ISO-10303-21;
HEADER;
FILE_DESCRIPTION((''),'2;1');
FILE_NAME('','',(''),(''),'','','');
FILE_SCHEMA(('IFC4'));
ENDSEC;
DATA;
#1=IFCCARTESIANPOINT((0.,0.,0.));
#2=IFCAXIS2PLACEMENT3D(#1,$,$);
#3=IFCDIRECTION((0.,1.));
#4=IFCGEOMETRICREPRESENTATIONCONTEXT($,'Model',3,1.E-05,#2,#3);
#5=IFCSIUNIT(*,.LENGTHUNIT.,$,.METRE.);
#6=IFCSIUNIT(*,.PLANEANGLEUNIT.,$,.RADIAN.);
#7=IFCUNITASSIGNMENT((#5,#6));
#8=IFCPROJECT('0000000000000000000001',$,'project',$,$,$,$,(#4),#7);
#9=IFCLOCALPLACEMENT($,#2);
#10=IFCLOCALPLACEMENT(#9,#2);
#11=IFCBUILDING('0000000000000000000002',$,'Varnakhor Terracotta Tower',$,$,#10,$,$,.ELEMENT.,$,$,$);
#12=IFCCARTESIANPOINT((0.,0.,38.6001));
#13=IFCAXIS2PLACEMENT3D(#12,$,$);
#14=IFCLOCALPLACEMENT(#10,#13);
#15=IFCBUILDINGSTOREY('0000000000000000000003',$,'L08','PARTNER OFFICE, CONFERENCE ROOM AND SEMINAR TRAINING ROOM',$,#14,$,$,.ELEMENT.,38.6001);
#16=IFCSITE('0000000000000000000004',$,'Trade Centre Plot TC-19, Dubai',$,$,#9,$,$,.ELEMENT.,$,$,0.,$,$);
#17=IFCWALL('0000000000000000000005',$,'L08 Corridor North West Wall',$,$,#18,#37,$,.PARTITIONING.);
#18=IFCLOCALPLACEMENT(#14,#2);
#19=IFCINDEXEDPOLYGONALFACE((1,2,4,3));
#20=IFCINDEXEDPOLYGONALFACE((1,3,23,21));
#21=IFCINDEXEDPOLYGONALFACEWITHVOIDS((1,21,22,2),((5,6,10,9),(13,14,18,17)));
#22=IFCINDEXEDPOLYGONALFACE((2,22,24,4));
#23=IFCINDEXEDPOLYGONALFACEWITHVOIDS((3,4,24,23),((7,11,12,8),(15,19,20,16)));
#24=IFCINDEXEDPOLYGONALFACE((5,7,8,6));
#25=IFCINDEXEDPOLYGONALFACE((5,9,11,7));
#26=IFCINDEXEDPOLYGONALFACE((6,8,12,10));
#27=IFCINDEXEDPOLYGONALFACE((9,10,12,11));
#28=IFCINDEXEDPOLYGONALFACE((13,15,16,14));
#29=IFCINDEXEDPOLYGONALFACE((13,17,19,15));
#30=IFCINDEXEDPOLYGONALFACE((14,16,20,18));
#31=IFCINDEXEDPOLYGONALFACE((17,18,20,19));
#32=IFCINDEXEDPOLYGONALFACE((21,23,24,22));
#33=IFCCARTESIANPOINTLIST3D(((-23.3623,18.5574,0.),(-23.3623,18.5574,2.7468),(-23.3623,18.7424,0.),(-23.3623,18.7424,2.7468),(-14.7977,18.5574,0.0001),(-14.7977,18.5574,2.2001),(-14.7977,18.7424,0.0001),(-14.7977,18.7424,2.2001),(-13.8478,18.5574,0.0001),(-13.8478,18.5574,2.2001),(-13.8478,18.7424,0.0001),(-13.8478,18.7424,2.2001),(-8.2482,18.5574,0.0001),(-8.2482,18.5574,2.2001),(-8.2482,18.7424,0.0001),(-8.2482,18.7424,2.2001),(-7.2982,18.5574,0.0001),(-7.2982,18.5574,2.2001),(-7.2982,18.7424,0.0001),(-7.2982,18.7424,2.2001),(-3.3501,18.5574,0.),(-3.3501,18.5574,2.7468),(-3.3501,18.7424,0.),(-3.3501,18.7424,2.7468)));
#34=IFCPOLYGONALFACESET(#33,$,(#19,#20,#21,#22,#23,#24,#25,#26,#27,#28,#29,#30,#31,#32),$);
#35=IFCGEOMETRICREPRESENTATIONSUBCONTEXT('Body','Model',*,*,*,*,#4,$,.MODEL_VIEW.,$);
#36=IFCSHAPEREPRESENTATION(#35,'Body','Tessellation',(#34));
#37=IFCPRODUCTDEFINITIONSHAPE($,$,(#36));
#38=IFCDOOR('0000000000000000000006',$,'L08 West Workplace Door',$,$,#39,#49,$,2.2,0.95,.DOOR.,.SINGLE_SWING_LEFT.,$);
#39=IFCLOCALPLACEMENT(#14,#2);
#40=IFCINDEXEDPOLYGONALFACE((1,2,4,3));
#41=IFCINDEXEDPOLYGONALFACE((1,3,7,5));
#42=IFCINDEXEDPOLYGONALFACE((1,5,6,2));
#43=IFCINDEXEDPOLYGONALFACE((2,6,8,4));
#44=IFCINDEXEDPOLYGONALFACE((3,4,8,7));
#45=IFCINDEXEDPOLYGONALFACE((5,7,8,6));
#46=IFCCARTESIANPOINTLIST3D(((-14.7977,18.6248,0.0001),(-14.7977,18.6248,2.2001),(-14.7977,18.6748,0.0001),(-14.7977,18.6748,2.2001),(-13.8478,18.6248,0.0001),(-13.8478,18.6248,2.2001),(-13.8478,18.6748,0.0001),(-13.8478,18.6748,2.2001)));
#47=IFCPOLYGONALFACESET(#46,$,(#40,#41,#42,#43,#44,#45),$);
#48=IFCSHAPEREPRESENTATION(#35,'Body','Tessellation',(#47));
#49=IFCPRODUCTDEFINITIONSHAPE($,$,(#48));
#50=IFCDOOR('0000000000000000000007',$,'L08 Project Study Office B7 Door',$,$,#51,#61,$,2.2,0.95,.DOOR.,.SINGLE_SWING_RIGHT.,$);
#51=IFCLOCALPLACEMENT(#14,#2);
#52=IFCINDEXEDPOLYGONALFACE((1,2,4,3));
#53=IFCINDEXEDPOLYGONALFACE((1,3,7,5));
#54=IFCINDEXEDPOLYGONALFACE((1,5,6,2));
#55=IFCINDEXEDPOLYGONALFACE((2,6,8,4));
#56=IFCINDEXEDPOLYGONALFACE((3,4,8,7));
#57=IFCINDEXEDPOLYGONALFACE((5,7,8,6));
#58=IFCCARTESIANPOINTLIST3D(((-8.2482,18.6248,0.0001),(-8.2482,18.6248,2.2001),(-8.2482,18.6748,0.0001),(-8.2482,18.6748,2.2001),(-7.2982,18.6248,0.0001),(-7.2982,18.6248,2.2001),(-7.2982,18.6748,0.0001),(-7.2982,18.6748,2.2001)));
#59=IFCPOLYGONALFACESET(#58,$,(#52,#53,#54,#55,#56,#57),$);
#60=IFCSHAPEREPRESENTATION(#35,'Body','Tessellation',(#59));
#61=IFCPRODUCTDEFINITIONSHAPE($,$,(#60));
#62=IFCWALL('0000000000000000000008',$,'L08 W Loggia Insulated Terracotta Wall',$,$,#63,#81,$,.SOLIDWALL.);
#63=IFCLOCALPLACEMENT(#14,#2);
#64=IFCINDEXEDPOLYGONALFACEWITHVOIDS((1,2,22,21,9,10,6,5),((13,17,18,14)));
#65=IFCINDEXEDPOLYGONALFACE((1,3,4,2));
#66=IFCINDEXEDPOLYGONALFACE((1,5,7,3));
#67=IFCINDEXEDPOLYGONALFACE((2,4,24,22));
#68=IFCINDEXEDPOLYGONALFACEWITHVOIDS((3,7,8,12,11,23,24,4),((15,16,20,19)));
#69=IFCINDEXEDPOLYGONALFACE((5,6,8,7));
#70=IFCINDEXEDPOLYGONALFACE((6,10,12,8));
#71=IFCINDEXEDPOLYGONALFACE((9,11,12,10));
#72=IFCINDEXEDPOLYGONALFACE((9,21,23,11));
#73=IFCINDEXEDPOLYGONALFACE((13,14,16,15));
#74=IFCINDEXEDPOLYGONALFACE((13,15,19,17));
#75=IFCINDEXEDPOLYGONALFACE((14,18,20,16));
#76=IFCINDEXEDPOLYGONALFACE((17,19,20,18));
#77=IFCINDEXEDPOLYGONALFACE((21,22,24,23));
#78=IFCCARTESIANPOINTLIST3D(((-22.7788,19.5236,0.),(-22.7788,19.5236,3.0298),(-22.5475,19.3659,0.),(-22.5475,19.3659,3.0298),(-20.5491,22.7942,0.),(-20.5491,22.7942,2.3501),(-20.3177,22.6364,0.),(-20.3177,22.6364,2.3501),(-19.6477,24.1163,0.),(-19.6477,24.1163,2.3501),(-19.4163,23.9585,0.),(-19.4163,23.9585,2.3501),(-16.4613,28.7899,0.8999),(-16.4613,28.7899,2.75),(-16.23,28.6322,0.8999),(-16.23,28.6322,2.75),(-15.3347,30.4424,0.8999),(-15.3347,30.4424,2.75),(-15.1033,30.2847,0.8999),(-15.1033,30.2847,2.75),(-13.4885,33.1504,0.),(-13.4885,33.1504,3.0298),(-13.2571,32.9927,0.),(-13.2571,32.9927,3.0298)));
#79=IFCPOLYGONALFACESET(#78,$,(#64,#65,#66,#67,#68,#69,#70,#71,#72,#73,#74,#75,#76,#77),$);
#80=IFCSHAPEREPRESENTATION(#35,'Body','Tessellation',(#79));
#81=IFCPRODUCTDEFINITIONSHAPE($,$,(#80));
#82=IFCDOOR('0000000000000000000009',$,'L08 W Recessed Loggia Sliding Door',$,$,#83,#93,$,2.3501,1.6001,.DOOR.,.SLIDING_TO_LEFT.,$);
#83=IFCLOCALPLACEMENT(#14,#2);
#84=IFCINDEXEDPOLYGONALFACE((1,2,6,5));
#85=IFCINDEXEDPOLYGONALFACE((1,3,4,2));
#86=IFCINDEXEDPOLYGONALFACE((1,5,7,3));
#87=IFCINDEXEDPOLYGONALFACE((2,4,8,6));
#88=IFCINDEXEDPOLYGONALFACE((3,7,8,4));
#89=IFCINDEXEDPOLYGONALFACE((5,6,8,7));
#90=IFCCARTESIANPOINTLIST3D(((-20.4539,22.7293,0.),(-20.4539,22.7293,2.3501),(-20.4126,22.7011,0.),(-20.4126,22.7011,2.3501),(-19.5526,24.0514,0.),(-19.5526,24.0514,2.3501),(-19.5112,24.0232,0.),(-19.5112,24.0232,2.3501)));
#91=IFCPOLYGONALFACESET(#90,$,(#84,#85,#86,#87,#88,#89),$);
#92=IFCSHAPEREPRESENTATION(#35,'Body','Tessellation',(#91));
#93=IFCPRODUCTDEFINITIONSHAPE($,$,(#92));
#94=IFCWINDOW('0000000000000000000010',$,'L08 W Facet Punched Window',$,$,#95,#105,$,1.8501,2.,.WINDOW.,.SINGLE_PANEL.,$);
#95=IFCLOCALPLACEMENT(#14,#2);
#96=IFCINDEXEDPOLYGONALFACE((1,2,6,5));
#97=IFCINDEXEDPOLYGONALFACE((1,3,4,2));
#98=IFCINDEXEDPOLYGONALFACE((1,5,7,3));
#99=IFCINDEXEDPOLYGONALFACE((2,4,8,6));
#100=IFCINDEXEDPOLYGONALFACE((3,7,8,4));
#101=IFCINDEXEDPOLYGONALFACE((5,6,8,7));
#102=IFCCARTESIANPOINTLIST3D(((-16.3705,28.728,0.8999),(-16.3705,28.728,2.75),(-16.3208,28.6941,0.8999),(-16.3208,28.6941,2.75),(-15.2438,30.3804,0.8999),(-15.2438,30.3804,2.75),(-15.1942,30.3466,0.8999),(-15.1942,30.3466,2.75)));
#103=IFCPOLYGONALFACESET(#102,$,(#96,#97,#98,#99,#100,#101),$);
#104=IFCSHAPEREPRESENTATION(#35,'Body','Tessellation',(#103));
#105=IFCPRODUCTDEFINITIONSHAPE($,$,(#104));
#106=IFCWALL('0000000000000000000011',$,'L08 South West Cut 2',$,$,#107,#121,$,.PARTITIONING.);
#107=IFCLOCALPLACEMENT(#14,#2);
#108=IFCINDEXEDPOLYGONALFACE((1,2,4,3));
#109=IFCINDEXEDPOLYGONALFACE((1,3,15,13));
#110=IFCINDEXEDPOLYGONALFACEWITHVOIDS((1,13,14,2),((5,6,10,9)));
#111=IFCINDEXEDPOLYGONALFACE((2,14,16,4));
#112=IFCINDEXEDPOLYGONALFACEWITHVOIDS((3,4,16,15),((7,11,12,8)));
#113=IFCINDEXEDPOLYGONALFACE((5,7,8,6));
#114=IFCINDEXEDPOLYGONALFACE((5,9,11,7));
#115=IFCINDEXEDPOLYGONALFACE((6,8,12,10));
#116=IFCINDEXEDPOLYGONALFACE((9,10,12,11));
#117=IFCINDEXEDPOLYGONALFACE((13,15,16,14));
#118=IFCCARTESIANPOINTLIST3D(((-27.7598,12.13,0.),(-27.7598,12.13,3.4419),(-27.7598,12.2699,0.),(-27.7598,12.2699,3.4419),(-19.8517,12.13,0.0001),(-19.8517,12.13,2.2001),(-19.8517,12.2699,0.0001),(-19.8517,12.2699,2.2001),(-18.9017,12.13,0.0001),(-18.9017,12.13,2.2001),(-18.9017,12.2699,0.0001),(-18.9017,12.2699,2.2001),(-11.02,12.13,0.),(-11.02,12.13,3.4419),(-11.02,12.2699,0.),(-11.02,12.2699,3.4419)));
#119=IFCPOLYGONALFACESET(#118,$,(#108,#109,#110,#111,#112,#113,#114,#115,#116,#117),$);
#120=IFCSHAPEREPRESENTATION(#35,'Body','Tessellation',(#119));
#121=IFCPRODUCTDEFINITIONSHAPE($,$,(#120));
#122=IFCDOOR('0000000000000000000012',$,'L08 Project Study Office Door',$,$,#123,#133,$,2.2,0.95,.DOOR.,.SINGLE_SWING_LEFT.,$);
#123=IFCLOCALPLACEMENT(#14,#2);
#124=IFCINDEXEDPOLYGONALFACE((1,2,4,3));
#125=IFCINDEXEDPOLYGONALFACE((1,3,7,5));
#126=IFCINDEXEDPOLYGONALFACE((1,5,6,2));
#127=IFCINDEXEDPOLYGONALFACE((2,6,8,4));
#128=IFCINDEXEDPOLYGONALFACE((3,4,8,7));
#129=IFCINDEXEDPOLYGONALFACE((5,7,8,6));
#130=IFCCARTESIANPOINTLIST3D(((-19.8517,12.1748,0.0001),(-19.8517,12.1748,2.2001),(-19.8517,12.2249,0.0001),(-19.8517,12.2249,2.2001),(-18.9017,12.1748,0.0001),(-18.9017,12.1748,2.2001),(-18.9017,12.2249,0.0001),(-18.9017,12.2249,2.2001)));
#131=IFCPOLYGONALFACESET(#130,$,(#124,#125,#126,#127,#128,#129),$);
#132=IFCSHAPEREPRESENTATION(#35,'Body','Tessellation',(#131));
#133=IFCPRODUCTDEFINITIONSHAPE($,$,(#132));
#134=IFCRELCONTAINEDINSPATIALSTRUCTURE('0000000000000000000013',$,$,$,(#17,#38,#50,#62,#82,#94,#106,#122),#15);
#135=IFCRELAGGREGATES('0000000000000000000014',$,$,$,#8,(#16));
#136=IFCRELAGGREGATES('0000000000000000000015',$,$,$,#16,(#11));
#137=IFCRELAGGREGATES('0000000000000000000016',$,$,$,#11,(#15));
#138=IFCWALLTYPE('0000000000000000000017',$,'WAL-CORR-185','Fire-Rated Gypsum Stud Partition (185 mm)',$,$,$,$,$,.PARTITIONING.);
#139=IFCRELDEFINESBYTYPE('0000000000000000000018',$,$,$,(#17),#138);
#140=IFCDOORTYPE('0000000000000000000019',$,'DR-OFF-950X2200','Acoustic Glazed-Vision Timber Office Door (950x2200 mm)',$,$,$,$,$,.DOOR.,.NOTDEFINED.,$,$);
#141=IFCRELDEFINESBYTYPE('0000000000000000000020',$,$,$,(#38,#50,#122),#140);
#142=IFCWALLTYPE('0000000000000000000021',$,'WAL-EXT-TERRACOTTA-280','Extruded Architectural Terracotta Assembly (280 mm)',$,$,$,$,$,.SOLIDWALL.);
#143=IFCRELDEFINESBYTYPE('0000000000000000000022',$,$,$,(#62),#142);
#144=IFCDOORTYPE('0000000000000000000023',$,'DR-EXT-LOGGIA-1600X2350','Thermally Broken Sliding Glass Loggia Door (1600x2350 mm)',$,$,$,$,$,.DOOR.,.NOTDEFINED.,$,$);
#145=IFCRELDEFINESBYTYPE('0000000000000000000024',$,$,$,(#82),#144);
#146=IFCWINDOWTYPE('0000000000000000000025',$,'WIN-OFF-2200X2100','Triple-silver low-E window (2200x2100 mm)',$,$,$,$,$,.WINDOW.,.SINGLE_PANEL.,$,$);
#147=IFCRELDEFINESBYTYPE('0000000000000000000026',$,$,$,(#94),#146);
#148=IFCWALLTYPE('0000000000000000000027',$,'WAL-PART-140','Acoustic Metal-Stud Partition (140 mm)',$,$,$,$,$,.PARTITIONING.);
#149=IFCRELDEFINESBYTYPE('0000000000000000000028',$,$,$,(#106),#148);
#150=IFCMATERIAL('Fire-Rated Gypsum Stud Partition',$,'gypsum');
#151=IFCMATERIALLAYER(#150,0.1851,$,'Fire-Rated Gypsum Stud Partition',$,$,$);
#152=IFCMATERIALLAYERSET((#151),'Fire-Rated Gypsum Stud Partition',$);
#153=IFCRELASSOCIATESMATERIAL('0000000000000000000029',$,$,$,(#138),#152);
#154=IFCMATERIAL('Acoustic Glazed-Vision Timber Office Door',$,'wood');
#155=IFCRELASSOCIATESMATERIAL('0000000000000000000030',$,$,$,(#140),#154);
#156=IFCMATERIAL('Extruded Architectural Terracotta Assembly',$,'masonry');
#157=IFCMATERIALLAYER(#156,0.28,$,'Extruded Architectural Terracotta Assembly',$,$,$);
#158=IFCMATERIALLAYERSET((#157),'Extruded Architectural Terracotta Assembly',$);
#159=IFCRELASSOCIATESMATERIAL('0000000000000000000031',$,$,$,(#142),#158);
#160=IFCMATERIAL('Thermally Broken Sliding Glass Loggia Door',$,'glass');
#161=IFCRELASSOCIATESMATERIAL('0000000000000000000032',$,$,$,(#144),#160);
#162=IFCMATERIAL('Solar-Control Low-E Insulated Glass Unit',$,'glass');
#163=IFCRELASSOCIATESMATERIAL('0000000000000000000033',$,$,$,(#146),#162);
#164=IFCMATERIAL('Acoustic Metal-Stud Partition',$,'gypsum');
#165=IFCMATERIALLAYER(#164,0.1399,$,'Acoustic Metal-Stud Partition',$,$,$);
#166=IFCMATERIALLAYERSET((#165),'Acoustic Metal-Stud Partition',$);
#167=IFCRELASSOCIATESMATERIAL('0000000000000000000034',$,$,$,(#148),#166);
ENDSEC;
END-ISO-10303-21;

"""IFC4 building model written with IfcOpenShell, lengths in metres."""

from ifc_helpers import new_model, si_unit, direction, frame, frame_2d, origin, place, context, subcontext, project, spatial, rectangle, extrude, source, transform, mapped, material, layer, layer_set, type_object, type_shapes, element, fill, save


model = new_model("IFC4")

# Units and contexts
model_context = context("Model", 3, precision=1e-05, world=origin(), true_north=direction((0.0, 1.0)))
body_context = subcontext(model_context, "Body", "Model", "MODEL_VIEW")
ifc_project = project(units=[si_unit("LENGTHUNIT", "METRE"), si_unit("PLANEANGLEUNIT", "RADIAN")], contexts=[model_context])

# Site, building, storey
site_placement = place(None, origin())
site = spatial("IfcSite", under=ifc_project, at=site_placement, Name="Trade Centre Plot TC-19, Dubai", CompositionType="ELEMENT", RefElevation=0.0)
building_placement = place(site_placement, origin())
building = spatial("IfcBuilding", under=site, at=building_placement, Name="Varnakhor Terracotta Tower", CompositionType="ELEMENT")
storey_placement = place(building_placement, frame((0.0, 0.0, 38.6001)))
storey = spatial("IfcBuildingStorey", under=building, at=storey_placement, Name="L08", Description="PARTNER OFFICE, CONFERENCE ROOM AND SEMINAR TRAINING ROOM", CompositionType="ELEMENT", Elevation=38.6001)

# Shared definitions
ifc_material_1 = material(Name="Fire-Rated Gypsum Stud Partition", Category="gypsum")
ifc_layer_1 = layer(ifc_material_1, 0.1851, Name="Fire-Rated Gypsum Stud Partition")
ifc_layer_set_1 = layer_set([ifc_layer_1], Name="Fire-Rated Gypsum Stud Partition")
wall_type_1 = type_object("IfcWallType", Name="WAL-CORR-185", Description="Fire-Rated Gypsum Stud Partition (185 mm)", PredefinedType="PARTITIONING", material=ifc_layer_set_1)
ifc_material_2 = material(Name="Acoustic Glazed-Vision Timber Office Door", Category="wood")
door_type_1 = type_object("IfcDoorType", Name="DR-OFF-950X2200", Description="Acoustic Glazed-Vision Timber Office Door (950x2200 mm)", OperationType="NOTDEFINED", PredefinedType="DOOR", material=ifc_material_2)
shared_shape_1 = source(origin(), body_context, "Body", "SweptSolid", [
    extrude(rectangle(XDim=0.95, YDim=2.2, at=frame_2d((0.4751, 1.1001))), frame((0.0, 0.0249, 0.0), z_axis=(0.0, -1.0, 0.0), x_axis=(1.0, 0.0, 0.0)), (0.0, 0.0, 1.0), 0.05),
])
type_shapes(door_type_1, [shared_shape_1])

# Wall, openings, doors
wall_1_placement = place(storey_placement, frame((-23.3623, 18.6499, 0.0), z_axis=(0.0, 0.0, 1.0), x_axis=(1.0, 0.0, 0.0)))
wall_1 = element("IfcWall", 1, at=wall_1_placement, inside=storey, type_object=wall_type_1, Name="L08 Corridor North West Wall", PredefinedType="PARTITIONING", context=body_context, shape_type="SweptSolid", body=[
    extrude(rectangle(XDim=20.0122, YDim=0.1851, at=frame_2d((10.0061, 0.0))), origin(), (0.0, 0.0, 1.0), 2.7468),
])
opening_1_placement = place(wall_1_placement, frame((8.5645, 0.0, 0.0)))
opening_1 = element("IfcOpeningElement", 2, at=opening_1_placement, cuts=wall_1, PredefinedType="OPENING", context=body_context, shape_type="SweptSolid", body=[
    extrude(rectangle(XDim=0.95, YDim=2.2, at=frame_2d((0.4751, 1.1001))), frame((0.0, 0.1025, 0.0), z_axis=(0.0, -1.0, 0.0), x_axis=(1.0, 0.0, 0.0)), (0.0, 0.0, 1.0), 0.2051),
])
opening_2_placement = place(wall_1_placement, frame((15.114, 0.0, 0.0)))
opening_2 = element("IfcOpeningElement", 3, at=opening_2_placement, cuts=wall_1, PredefinedType="OPENING", context=body_context, shape_type="SweptSolid", body=[
    extrude(rectangle(XDim=0.95, YDim=2.2, at=frame_2d((0.4751, 1.1001))), frame((0.0, 0.1025, 0.0), z_axis=(0.0, -1.0, 0.0), x_axis=(1.0, 0.0, 0.0)), (0.0, 0.0, 1.0), 0.2051),
])
door_1_placement = place(opening_1_placement, origin())
door_1 = element("IfcDoor", 4, at=door_1_placement, inside=storey, type_object=door_type_1, Name="L08 West Workplace Door", OperationType="SINGLE_SWING_LEFT", OverallHeight=2.2, OverallWidth=0.95, PredefinedType="DOOR", context=body_context, shape_type="MappedRepresentation", body=[
    mapped(shared_shape_1, transform((0.0, 0.0, 0.0), scale=1.0)),
])
fill(opening_1, door_1)
door_2_placement = place(opening_2_placement, origin())
door_2 = element("IfcDoor", 5, at=door_2_placement, inside=storey, type_object=door_type_1, Name="L08 Project Study Office B7 Door", OperationType="SINGLE_SWING_RIGHT", OverallHeight=2.2, OverallWidth=0.95, PredefinedType="DOOR", context=body_context, shape_type="MappedRepresentation", body=[
    mapped(shared_shape_1, transform((0.0, 0.0, 0.0), scale=1.0)),
])
fill(opening_2, door_2)

# Wall, openings, door, window
ifc_material_3 = material(Name="Extruded Architectural Terracotta Assembly", Category="masonry")
ifc_layer_2 = layer(ifc_material_3, 0.28, Name="Extruded Architectural Terracotta Assembly")
ifc_layer_set_2 = layer_set([ifc_layer_2], Name="Extruded Architectural Terracotta Assembly")
wall_type_2 = type_object("IfcWallType", Name="WAL-EXT-TERRACOTTA-280", Description="Extruded Architectural Terracotta Assembly (280 mm)", PredefinedType="SOLIDWALL", material=ifc_layer_set_2)
wall_2_placement = place(storey_placement, frame((-22.6631, 19.4448, 0.0), z_axis=(0.0, 0.0, 1.0), x_axis=(0.56331, 0.826246, 0.0)))
wall_2 = element("IfcWall", 6, at=wall_2_placement, inside=storey, type_object=wall_type_2, Name="L08 W Loggia Insulated Terracotta Wall", PredefinedType="SOLIDWALL", context=body_context, shape_type="SweptSolid", body=[
    extrude(rectangle(XDim=16.4924, YDim=0.28, at=frame_2d((8.2461, 0.0))), origin(), (0.0, 0.0, 1.0), 3.0298),
])
opening_3_placement = place(wall_2_placement, frame((3.9583, 0.0, 0.0)))
opening_3 = element("IfcOpeningElement", 7, at=opening_3_placement, cuts=wall_2, PredefinedType="OPENING", context=body_context, shape_type="SweptSolid", body=[
    extrude(rectangle(XDim=1.6001, YDim=2.3501, at=frame_2d((0.8, 1.175))), frame((0.0, 0.1499, 0.0), z_axis=(0.0, -1.0, 0.0), x_axis=(1.0, 0.0, 0.0)), (0.0, 0.0, 1.0), 0.3),
])
opening_4_placement = place(wall_2_placement, frame((11.2148, 0.0, 0.8999)))
opening_4 = element("IfcOpeningElement", 8, at=opening_4_placement, cuts=wall_2, PredefinedType="OPENING", context=body_context, shape_type="SweptSolid", body=[
    extrude(rectangle(XDim=2.0, YDim=1.8501, at=frame_2d((1.0, 0.925))), frame((0.0, 0.1499, 0.0), z_axis=(0.0, -1.0, 0.0), x_axis=(1.0, 0.0, 0.0)), (0.0, 0.0, 1.0), 0.3),
])
ifc_material_4 = material(Name="Thermally Broken Sliding Glass Loggia Door", Category="glass")
door_type_2 = type_object("IfcDoorType", Name="DR-EXT-LOGGIA-1600X2350", Description="Thermally Broken Sliding Glass Loggia Door (1600x2350 mm)", OperationType="NOTDEFINED", PredefinedType="DOOR", material=ifc_material_4)
shared_shape_2 = source(origin(), body_context, "Body", "SweptSolid", [
    extrude(rectangle(XDim=1.6001, YDim=2.3501, at=frame_2d((0.8, 1.175))), frame((0.0, 0.0249, 0.0), z_axis=(0.0, -1.0, 0.0), x_axis=(1.0, 0.0, 0.0)), (0.0, 0.0, 1.0), 0.05),
])
type_shapes(door_type_2, [shared_shape_2])
door_3_placement = place(opening_3_placement, origin())
door_3 = element("IfcDoor", 9, at=door_3_placement, inside=storey, type_object=door_type_2, Name="L08 W Recessed Loggia Sliding Door", OperationType="SLIDING_TO_LEFT", OverallHeight=2.3501, OverallWidth=1.6001, PredefinedType="DOOR", context=body_context, shape_type="MappedRepresentation", body=[
    mapped(shared_shape_2, transform((0.0, 0.0, 0.0), scale=1.0)),
])
fill(opening_3, door_3)
ifc_material_5 = material(Name="Solar-Control Low-E Insulated Glass Unit", Category="glass")
window_type = type_object("IfcWindowType", Name="WIN-OFF-2200X2100", Description="Triple-silver low-E window (2200x2100 mm)", PartitioningType="SINGLE_PANEL", PredefinedType="WINDOW", material=ifc_material_5)
shared_shape_3 = source(origin(), body_context, "Body", "SweptSolid", [
    extrude(rectangle(XDim=2.0, YDim=1.8501, at=frame_2d((1.0, 0.925))), frame((0.0, 0.03, 0.0), z_axis=(0.0, -1.0, 0.0), x_axis=(1.0, 0.0, 0.0)), (0.0, 0.0, 1.0), 0.0601),
])
type_shapes(window_type, [shared_shape_3])
window_placement = place(opening_4_placement, origin())
window = element("IfcWindow", 10, at=window_placement, inside=storey, type_object=window_type, Name="L08 W Facet Punched Window", OverallHeight=1.8501, OverallWidth=2.0, PartitioningType="SINGLE_PANEL", PredefinedType="WINDOW", context=body_context, shape_type="MappedRepresentation", body=[
    mapped(shared_shape_3, transform((0.0, 0.0, 0.0), scale=1.0)),
])
fill(opening_4, window)

# Wall, opening, door
ifc_material_6 = material(Name="Acoustic Metal-Stud Partition", Category="gypsum")
ifc_layer_3 = layer(ifc_material_6, 0.1399, Name="Acoustic Metal-Stud Partition")
ifc_layer_set_3 = layer_set([ifc_layer_3], Name="Acoustic Metal-Stud Partition")
wall_type_3 = type_object("IfcWallType", Name="WAL-PART-140", Description="Acoustic Metal-Stud Partition (140 mm)", PredefinedType="PARTITIONING", material=ifc_layer_set_3)
wall_3_placement = place(storey_placement, frame((-27.7598, 12.2, 0.0), z_axis=(0.0, 0.0, 1.0), x_axis=(1.0, 0.0, 0.0)))
wall_3 = element("IfcWall", 11, at=wall_3_placement, inside=storey, type_object=wall_type_3, Name="L08 South West Cut 2", PredefinedType="PARTITIONING", context=body_context, shape_type="SweptSolid", body=[
    extrude(rectangle(XDim=16.7397, YDim=0.1399, at=frame_2d((8.3699, 0.0))), origin(), (0.0, 0.0, 1.0), 3.4419),
])
opening_5_placement = place(wall_3_placement, frame((7.908, 0.0, 0.0)))
opening_5 = element("IfcOpeningElement", 12, at=opening_5_placement, cuts=wall_3, PredefinedType="OPENING", context=body_context, shape_type="SweptSolid", body=[
    extrude(rectangle(XDim=0.95, YDim=2.2, at=frame_2d((0.4751, 1.1001))), frame((0.0, 0.0801, 0.0), z_axis=(0.0, -1.0, 0.0), x_axis=(1.0, 0.0, 0.0)), (0.0, 0.0, 1.0), 0.1599),
])
door_4_placement = place(opening_5_placement, origin())
door_4 = element("IfcDoor", 13, at=door_4_placement, inside=storey, type_object=door_type_1, Name="L08 Project Study Office Door", OperationType="SINGLE_SWING_LEFT", OverallHeight=2.2, OverallWidth=0.95, PredefinedType="DOOR", context=body_context, shape_type="MappedRepresentation", body=[
    mapped(shared_shape_1, transform((0.0, 0.0, 0.0), scale=1.0)),
])
fill(opening_5, door_4)

save(model, "model.ifc")
